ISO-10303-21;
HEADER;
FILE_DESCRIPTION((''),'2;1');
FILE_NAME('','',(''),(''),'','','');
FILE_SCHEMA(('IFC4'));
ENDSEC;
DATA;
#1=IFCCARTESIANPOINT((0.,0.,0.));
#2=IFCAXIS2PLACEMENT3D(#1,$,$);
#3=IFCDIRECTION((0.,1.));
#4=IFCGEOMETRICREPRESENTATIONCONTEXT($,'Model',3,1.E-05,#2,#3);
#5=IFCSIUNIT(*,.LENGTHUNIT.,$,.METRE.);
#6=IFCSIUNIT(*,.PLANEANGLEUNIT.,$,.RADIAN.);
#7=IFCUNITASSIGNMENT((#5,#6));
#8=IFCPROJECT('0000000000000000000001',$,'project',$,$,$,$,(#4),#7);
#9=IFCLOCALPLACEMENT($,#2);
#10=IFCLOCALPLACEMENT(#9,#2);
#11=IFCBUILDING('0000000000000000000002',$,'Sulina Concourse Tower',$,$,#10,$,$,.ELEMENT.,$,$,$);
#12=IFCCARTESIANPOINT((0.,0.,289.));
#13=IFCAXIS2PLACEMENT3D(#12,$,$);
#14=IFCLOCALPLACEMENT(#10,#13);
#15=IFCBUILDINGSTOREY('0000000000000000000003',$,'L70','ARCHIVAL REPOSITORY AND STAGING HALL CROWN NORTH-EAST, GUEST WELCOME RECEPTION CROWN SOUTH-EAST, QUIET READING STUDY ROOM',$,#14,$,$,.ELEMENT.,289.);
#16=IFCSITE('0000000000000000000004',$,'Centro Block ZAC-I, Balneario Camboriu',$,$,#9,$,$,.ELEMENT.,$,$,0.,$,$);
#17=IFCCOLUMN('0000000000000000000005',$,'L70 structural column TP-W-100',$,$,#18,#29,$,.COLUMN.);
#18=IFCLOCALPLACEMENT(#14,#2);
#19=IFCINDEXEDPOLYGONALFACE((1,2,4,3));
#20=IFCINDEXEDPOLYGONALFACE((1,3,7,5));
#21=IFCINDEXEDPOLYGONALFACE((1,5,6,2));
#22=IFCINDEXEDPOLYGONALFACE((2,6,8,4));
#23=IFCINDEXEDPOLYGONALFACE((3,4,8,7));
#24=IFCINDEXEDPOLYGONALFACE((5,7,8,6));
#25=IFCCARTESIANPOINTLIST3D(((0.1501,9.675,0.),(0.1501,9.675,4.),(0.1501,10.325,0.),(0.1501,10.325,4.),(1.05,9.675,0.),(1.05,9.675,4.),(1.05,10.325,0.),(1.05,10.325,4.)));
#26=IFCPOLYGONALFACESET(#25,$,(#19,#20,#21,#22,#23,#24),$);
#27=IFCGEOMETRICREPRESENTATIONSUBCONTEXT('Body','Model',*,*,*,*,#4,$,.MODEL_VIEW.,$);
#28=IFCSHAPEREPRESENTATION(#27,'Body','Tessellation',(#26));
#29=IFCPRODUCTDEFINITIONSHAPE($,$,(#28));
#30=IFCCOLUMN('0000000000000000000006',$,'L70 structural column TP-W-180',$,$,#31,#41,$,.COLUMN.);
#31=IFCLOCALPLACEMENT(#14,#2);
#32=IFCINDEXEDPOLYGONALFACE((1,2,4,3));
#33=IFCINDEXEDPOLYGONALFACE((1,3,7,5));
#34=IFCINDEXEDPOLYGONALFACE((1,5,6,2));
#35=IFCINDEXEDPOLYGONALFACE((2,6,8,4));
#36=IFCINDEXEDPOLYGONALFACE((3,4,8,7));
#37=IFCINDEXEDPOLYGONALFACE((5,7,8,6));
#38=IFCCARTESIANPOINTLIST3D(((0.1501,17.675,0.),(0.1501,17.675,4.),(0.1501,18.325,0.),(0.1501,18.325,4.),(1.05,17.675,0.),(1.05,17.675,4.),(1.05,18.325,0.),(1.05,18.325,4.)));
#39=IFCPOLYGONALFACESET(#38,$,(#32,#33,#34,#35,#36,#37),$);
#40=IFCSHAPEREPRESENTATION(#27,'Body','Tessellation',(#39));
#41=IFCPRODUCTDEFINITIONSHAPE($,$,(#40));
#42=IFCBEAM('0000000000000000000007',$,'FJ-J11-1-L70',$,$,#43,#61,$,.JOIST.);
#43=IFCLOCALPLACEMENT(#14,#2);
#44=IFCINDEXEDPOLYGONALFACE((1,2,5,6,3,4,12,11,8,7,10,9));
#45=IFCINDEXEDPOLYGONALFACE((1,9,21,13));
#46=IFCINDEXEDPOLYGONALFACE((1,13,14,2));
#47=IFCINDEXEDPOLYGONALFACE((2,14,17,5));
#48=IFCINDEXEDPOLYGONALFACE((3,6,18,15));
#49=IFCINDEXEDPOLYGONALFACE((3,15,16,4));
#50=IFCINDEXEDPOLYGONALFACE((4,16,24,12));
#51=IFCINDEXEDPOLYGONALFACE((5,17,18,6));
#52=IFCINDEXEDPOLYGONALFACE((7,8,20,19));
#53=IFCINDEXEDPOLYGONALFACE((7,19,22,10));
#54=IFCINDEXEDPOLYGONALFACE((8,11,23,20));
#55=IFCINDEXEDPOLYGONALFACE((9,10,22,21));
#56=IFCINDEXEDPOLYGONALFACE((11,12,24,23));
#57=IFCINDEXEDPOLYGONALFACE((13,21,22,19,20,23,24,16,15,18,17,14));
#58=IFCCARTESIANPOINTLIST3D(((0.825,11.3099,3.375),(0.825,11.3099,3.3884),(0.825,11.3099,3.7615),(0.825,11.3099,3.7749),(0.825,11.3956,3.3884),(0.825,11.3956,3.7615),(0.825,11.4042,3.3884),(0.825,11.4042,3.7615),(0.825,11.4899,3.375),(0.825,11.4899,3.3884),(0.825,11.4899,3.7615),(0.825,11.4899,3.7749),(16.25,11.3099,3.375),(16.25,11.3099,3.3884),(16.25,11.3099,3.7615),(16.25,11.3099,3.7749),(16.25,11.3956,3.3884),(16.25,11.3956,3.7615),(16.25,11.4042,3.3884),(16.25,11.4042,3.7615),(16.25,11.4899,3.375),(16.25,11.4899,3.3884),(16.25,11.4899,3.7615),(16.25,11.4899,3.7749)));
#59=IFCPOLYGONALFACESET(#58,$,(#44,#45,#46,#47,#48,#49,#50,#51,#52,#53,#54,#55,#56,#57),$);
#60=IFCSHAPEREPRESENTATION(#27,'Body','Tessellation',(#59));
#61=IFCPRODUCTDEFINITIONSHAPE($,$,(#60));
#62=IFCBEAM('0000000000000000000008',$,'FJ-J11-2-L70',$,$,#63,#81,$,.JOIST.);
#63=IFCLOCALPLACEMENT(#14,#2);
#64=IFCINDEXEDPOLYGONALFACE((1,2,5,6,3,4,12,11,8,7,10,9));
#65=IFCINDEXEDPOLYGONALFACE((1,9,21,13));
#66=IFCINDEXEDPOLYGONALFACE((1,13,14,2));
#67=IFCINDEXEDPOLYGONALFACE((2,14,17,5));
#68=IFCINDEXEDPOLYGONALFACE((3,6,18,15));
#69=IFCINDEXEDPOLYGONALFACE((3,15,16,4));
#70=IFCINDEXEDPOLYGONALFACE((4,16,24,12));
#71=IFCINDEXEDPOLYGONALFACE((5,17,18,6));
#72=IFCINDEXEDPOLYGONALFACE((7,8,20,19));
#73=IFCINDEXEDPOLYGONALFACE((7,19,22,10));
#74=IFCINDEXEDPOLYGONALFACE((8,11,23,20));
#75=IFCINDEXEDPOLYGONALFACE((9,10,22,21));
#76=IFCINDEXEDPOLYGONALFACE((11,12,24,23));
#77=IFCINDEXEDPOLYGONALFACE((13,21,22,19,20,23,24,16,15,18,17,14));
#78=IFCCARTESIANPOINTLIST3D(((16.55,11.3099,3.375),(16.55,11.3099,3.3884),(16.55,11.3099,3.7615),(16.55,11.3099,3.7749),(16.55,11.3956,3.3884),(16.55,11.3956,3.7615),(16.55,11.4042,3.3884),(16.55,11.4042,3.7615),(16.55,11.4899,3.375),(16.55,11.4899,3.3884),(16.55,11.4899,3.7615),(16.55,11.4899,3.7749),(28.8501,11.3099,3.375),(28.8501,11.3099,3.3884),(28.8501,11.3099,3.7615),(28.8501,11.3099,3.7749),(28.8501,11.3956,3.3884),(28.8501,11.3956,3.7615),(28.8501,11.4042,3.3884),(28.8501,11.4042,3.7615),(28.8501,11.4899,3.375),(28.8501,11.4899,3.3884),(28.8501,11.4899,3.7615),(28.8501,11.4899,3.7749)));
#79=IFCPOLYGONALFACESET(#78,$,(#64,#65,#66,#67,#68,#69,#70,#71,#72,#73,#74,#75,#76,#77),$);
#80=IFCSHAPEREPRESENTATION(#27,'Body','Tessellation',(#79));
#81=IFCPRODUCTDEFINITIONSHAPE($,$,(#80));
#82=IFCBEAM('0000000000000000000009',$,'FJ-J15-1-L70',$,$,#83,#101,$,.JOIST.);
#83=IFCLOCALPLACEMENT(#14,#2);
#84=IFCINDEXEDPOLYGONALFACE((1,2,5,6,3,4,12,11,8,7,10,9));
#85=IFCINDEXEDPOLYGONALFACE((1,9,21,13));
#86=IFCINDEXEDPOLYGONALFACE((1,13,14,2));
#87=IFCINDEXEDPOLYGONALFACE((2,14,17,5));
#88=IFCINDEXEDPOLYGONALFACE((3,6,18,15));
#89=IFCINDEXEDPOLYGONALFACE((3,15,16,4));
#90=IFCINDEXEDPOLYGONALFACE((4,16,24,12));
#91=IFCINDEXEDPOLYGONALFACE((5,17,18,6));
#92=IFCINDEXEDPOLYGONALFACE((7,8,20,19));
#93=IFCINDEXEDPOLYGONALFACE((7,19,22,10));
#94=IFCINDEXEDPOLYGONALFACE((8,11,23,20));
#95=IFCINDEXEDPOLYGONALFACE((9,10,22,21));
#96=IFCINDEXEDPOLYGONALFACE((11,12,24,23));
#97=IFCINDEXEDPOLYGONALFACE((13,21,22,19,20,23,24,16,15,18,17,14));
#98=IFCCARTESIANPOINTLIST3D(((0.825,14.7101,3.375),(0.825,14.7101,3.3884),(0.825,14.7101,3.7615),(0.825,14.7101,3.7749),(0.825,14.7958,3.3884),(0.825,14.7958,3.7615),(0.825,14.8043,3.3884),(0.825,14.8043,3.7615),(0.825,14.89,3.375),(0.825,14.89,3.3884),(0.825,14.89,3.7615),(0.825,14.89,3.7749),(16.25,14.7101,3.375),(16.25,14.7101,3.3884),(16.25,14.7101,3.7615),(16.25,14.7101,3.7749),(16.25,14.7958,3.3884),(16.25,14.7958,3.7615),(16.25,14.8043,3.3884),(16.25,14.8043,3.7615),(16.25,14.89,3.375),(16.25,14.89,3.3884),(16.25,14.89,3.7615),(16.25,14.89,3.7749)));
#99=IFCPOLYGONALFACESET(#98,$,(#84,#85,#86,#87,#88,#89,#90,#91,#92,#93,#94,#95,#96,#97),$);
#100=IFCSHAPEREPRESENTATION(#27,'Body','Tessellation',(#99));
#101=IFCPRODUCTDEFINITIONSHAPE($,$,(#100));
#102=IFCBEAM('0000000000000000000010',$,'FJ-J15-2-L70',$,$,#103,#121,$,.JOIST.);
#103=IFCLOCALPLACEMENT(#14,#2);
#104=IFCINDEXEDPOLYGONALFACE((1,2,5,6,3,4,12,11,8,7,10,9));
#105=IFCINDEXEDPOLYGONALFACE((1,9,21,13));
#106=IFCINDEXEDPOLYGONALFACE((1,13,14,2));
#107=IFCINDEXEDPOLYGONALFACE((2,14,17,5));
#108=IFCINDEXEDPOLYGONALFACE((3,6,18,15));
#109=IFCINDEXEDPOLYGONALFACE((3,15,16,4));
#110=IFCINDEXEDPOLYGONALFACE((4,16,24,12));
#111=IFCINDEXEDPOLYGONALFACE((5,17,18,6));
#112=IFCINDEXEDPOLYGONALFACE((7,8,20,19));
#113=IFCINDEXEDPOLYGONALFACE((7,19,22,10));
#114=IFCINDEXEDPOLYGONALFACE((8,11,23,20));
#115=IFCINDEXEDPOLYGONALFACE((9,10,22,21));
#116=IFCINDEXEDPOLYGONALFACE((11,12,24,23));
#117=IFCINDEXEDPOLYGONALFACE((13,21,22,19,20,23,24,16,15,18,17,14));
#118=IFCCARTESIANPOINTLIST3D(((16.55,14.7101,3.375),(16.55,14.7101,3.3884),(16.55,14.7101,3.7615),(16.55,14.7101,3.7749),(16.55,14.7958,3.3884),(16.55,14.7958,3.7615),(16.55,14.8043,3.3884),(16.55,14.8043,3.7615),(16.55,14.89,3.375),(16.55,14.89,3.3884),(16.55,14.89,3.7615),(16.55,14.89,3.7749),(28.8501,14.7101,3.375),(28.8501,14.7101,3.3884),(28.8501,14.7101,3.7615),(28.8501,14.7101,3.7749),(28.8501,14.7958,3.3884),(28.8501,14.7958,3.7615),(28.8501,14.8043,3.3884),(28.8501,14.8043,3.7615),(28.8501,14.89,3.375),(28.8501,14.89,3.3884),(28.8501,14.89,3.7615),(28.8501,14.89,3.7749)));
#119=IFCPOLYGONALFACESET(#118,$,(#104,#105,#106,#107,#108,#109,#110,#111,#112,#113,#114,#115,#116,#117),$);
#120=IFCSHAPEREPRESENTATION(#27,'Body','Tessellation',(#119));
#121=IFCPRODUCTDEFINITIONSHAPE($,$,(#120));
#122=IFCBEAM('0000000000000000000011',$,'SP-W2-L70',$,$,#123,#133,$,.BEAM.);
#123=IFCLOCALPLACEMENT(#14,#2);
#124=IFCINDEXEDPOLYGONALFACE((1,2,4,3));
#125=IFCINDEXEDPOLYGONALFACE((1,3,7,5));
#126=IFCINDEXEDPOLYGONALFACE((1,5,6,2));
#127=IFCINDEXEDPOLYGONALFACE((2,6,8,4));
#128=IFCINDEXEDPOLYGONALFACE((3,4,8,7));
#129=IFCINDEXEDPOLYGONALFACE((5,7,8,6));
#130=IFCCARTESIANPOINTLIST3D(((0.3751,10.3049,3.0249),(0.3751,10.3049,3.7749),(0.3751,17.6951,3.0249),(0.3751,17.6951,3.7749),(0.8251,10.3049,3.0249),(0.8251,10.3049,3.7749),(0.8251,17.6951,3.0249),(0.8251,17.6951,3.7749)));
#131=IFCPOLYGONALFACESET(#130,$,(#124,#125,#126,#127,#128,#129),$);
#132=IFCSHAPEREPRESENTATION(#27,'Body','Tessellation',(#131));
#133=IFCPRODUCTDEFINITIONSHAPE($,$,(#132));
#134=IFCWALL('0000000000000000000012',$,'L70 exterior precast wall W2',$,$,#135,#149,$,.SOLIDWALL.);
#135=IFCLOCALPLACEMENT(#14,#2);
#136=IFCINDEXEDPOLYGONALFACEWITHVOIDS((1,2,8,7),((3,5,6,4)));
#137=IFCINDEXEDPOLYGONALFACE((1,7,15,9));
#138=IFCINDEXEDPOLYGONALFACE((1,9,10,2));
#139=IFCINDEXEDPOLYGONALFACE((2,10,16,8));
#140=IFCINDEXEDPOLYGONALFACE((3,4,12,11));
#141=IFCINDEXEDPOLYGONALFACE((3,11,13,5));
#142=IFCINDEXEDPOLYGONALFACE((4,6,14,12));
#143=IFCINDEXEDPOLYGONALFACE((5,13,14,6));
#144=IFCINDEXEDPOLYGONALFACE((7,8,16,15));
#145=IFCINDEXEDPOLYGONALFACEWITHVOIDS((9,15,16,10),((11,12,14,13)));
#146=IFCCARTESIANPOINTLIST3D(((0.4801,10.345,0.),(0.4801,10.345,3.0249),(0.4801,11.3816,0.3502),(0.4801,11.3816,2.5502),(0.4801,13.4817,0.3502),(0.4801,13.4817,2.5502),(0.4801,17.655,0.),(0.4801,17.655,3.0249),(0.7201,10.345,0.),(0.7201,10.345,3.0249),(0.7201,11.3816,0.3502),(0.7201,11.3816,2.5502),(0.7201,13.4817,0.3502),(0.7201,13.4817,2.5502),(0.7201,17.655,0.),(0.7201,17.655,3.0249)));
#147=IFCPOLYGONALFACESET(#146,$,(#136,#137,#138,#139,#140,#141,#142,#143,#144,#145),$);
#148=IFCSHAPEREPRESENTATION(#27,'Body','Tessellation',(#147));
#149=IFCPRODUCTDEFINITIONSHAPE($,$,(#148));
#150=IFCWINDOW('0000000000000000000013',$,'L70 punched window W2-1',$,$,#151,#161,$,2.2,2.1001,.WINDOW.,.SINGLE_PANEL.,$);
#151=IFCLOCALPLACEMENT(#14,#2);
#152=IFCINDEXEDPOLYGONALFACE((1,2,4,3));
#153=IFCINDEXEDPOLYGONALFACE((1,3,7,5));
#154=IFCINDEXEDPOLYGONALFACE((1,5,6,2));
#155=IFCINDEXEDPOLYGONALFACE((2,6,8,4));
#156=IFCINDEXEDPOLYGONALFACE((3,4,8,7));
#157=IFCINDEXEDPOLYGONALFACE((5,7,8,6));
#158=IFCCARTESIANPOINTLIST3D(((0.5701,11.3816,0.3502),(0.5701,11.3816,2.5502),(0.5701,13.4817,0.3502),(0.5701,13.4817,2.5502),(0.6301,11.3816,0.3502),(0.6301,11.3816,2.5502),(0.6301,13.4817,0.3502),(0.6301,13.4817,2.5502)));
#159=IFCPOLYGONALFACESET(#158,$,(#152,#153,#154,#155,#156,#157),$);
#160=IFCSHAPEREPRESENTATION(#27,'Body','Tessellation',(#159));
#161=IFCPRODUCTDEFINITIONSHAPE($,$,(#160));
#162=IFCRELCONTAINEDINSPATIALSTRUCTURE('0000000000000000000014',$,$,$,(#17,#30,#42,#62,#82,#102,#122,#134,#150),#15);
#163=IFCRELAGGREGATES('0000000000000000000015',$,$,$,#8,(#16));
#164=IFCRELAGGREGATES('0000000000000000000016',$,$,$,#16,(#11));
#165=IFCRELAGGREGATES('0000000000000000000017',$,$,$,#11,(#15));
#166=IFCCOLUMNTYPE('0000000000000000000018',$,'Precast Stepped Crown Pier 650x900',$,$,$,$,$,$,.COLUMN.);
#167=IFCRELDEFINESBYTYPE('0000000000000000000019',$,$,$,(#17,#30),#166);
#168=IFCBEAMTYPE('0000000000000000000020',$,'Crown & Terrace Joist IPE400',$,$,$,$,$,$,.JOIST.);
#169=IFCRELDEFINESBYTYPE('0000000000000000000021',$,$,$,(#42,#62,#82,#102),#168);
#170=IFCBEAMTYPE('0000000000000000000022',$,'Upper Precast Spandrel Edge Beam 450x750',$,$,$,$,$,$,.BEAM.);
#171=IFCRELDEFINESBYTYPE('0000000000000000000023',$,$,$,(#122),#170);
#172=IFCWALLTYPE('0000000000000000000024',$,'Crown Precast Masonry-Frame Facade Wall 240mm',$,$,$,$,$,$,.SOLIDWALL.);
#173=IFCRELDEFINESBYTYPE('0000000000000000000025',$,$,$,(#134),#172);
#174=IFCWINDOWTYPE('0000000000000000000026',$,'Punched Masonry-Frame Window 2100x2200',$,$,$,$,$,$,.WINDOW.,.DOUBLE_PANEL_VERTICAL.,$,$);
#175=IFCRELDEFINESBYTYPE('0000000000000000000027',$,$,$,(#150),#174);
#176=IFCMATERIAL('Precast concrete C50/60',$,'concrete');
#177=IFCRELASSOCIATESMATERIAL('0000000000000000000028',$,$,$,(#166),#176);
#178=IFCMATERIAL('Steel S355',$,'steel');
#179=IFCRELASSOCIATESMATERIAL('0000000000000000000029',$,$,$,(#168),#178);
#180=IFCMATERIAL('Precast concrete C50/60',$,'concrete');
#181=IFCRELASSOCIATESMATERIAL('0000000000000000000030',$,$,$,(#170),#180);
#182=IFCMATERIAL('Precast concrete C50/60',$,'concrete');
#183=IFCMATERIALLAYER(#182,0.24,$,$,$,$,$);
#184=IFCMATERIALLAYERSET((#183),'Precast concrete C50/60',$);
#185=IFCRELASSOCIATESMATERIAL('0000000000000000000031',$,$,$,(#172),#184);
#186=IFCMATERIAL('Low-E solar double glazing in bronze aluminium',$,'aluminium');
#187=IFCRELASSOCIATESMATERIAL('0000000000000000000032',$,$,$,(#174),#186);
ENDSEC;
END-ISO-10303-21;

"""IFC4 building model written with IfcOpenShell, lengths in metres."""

from ifc_helpers import new_model, si_unit, direction, frame, frame_2d, origin, origin_2d, place, context, subcontext, project, spatial, rectangle, i_section, extrude, material, layer, layer_set, material_profile, profile_set, type_object, element, fill, save


model = new_model("IFC4")

# Units and contexts
model_context = context("Model", 3, precision=1e-05, world=origin(), true_north=direction((0.0, 1.0)))
body_context = subcontext(model_context, "Body", "Model", "MODEL_VIEW")
ifc_project = project(units=[si_unit("LENGTHUNIT", "METRE"), si_unit("PLANEANGLEUNIT", "RADIAN")], contexts=[model_context])

# Site, building, storey
site_placement = place(None, origin())
site = spatial("IfcSite", under=ifc_project, at=site_placement, Name="Centro Block ZAC-I, Balneario Camboriu", CompositionType="ELEMENT", RefElevation=0.0)
building_placement = place(site_placement, origin())
building = spatial("IfcBuilding", under=site, at=building_placement, Name="Sulina Concourse Tower", CompositionType="ELEMENT")
storey_placement = place(building_placement, frame((0.0, 0.0, 289.0)))
storey = spatial("IfcBuildingStorey", under=building, at=storey_placement, Name="L70", Description="ARCHIVAL REPOSITORY AND STAGING HALL CROWN NORTH-EAST, GUEST WELCOME RECEPTION CROWN SOUTH-EAST, QUIET READING STUDY ROOM", CompositionType="ELEMENT", Elevation=289.0)

# Columns
ifc_material_1 = material(Name="Precast concrete C50/60", Category="concrete")
ifc_material_profile_1 = material_profile(ifc_material_1, rectangle(XDim=0.6499, YDim=0.8999, at=origin_2d()), Name="PC 650x900")
ifc_profile_set_1 = profile_set([ifc_material_profile_1], Name="Precast concrete C50/60")
column_type = type_object("IfcColumnType", Name="Precast Stepped Crown Pier 650x900", PredefinedType="COLUMN", material=ifc_profile_set_1)
for number, where, z_axis, x_axis, name in (
    (1, (0.6001, 10.0, 0.0), (0.0, 0.0, 1.0), (0.0, 1.0, 0.0), "L70 structural column TP-W-100"),
    (2, (0.6001, 18.0, 0.0), (0.0, 0.0, 1.0), (0.0, 1.0, 0.0), "L70 structural column TP-W-180"),
):
    element("IfcColumn", number, at=place(storey_placement, frame(where, z_axis=z_axis, x_axis=x_axis)), inside=storey, type_object=column_type, Name=name, PredefinedType="COLUMN", context=body_context, shape_type="SweptSolid", body=[
        extrude(rectangle(XDim=0.6499, YDim=0.8999, at=origin_2d()), origin(), (0.0, 0.0, 1.0), 4.0),
    ])

# Beams
ifc_material_2 = material(Name="Steel S355", Category="steel")
ifc_material_profile_2 = material_profile(ifc_material_2, i_section(OverallWidth=0.1799, OverallDepth=0.3999, WebThickness=0.0085, FlangeThickness=0.0134, at=origin_2d()), Name="IPE 400")
ifc_profile_set_2 = profile_set([ifc_material_profile_2], Name="Steel S355")
beam_type_1 = type_object("IfcBeamType", Name="Crown & Terrace Joist IPE400", PredefinedType="JOIST", material=ifc_profile_set_2)
beam_1_placement = place(storey_placement, frame((0.825, 11.3999, 3.575), z_axis=(1.0, 0.0, 0.0), x_axis=(0.0, 1.0, 0.0)))
element("IfcBeam", 3, at=beam_1_placement, inside=storey, type_object=beam_type_1, Name="FJ-J11-1-L70", PredefinedType="JOIST", context=body_context, shape_type="SweptSolid", body=[
    extrude(i_section(OverallWidth=0.1799, OverallDepth=0.3999, WebThickness=0.0085, FlangeThickness=0.0134, at=origin_2d()), origin(), (0.0, 0.0, 1.0), 15.425),
])
beam_2_placement = place(storey_placement, frame((16.55, 11.3999, 3.575), z_axis=(1.0, 0.0, 0.0), x_axis=(0.0, 1.0, 0.0)))
element("IfcBeam", 4, at=beam_2_placement, inside=storey, type_object=beam_type_1, Name="FJ-J11-2-L70", PredefinedType="JOIST", context=body_context, shape_type="SweptSolid", body=[
    extrude(i_section(OverallWidth=0.1799, OverallDepth=0.3999, WebThickness=0.0085, FlangeThickness=0.0134, at=origin_2d()), origin(), (0.0, 0.0, 1.0), 12.3),
])
beam_3_placement = place(storey_placement, frame((0.825, 14.8, 3.575), z_axis=(1.0, 0.0, 0.0), x_axis=(0.0, 1.0, 0.0)))
element("IfcBeam", 5, at=beam_3_placement, inside=storey, type_object=beam_type_1, Name="FJ-J15-1-L70", PredefinedType="JOIST", context=body_context, shape_type="SweptSolid", body=[
    extrude(i_section(OverallWidth=0.1799, OverallDepth=0.3999, WebThickness=0.0085, FlangeThickness=0.0134, at=origin_2d()), origin(), (0.0, 0.0, 1.0), 15.425),
])
beam_4_placement = place(storey_placement, frame((16.55, 14.8, 3.575), z_axis=(1.0, 0.0, 0.0), x_axis=(0.0, 1.0, 0.0)))
element("IfcBeam", 6, at=beam_4_placement, inside=storey, type_object=beam_type_1, Name="FJ-J15-2-L70", PredefinedType="JOIST", context=body_context, shape_type="SweptSolid", body=[
    extrude(i_section(OverallWidth=0.1799, OverallDepth=0.3999, WebThickness=0.0085, FlangeThickness=0.0134, at=origin_2d()), origin(), (0.0, 0.0, 1.0), 12.3),
])
ifc_material_3 = material(Name="Precast concrete C50/60", Category="concrete")
ifc_material_profile_3 = material_profile(ifc_material_3, rectangle(XDim=0.45, YDim=0.75, at=origin_2d()), Name="RC 450x750")
ifc_profile_set_3 = profile_set([ifc_material_profile_3], Name="Precast concrete C50/60")
beam_type_2 = type_object("IfcBeamType", Name="Upper Precast Spandrel Edge Beam 450x750", PredefinedType="BEAM", material=ifc_profile_set_3)
beam_5_placement = place(storey_placement, frame((0.6001, 10.3049, 3.3999), z_axis=(0.0, 1.0, 0.0), x_axis=(-1.0, 0.0, 0.0)))
element("IfcBeam", 7, at=beam_5_placement, inside=storey, type_object=beam_type_2, Name="SP-W2-L70", PredefinedType="BEAM", context=body_context, shape_type="SweptSolid", body=[
    extrude(rectangle(XDim=0.45, YDim=0.75, at=origin_2d()), origin(), (0.0, 0.0, 1.0), 7.3901),
])

# Wall, opening, window
ifc_material_4 = material(Name="Precast concrete C50/60", Category="concrete")
ifc_layer_1 = layer(ifc_material_4, 0.24)
ifc_layer_set_1 = layer_set([ifc_layer_1], Name="Precast concrete C50/60")
wall_type_1 = type_object("IfcWallType", Name="Crown Precast Masonry-Frame Facade Wall 240mm", PredefinedType="SOLIDWALL", material=ifc_layer_set_1)
wall_1_placement = place(storey_placement, frame((0.6001, 10.345, 0.0), z_axis=(0.0, 0.0, 1.0), x_axis=(0.0, 1.0, 0.0)))
wall_1 = element("IfcWall", 8, at=wall_1_placement, inside=storey, type_object=wall_type_1, Name="L70 exterior precast wall W2", PredefinedType="SOLIDWALL", context=body_context, shape_type="SweptSolid", body=[
    extrude(rectangle(XDim=7.3101, YDim=0.24, at=frame_2d((3.655, 0.0))), origin(), (0.0, 0.0, 1.0), 3.0249),
])
opening_1_placement = place(wall_1_placement, frame((1.0366, 0.0, 0.3501)))
opening_1 = element("IfcOpeningElement", 9, at=opening_1_placement, cuts=wall_1, PredefinedType="OPENING", context=body_context, shape_type="SweptSolid", body=[
    extrude(rectangle(XDim=2.1001, YDim=2.2, at=frame_2d((1.05, 1.1001))), frame((0.0, 0.1299, 0.0), z_axis=(0.0, -1.0, 0.0), x_axis=(1.0, 0.0, 0.0)), (0.0, 0.0, 1.0), 0.26),
])
ifc_material_5 = material(Name="Low-E solar double glazing in bronze aluminium", Category="aluminium")
window_type = type_object("IfcWindowType", Name="Punched Masonry-Frame Window 2100x2200", PartitioningType="DOUBLE_PANEL_VERTICAL", PredefinedType="WINDOW", material=ifc_material_5)
window_placement = place(opening_1_placement, origin())
window = element("IfcWindow", 10, at=window_placement, inside=storey, type_object=window_type, Name="L70 punched window W2-1", OverallHeight=2.2, OverallWidth=2.1001, PartitioningType="SINGLE_PANEL", PredefinedType="WINDOW", context=body_context, shape_type="SweptSolid", body=[
    extrude(rectangle(XDim=2.1001, YDim=2.2, at=frame_2d((1.05, 1.1001))), frame((0.0, 0.03, 0.0), z_axis=(0.0, -1.0, 0.0), x_axis=(1.0, 0.0, 0.0)), (0.0, 0.0, 1.0), 0.0601),
])
fill(opening_1, window)

save(model, "model.ifc")
